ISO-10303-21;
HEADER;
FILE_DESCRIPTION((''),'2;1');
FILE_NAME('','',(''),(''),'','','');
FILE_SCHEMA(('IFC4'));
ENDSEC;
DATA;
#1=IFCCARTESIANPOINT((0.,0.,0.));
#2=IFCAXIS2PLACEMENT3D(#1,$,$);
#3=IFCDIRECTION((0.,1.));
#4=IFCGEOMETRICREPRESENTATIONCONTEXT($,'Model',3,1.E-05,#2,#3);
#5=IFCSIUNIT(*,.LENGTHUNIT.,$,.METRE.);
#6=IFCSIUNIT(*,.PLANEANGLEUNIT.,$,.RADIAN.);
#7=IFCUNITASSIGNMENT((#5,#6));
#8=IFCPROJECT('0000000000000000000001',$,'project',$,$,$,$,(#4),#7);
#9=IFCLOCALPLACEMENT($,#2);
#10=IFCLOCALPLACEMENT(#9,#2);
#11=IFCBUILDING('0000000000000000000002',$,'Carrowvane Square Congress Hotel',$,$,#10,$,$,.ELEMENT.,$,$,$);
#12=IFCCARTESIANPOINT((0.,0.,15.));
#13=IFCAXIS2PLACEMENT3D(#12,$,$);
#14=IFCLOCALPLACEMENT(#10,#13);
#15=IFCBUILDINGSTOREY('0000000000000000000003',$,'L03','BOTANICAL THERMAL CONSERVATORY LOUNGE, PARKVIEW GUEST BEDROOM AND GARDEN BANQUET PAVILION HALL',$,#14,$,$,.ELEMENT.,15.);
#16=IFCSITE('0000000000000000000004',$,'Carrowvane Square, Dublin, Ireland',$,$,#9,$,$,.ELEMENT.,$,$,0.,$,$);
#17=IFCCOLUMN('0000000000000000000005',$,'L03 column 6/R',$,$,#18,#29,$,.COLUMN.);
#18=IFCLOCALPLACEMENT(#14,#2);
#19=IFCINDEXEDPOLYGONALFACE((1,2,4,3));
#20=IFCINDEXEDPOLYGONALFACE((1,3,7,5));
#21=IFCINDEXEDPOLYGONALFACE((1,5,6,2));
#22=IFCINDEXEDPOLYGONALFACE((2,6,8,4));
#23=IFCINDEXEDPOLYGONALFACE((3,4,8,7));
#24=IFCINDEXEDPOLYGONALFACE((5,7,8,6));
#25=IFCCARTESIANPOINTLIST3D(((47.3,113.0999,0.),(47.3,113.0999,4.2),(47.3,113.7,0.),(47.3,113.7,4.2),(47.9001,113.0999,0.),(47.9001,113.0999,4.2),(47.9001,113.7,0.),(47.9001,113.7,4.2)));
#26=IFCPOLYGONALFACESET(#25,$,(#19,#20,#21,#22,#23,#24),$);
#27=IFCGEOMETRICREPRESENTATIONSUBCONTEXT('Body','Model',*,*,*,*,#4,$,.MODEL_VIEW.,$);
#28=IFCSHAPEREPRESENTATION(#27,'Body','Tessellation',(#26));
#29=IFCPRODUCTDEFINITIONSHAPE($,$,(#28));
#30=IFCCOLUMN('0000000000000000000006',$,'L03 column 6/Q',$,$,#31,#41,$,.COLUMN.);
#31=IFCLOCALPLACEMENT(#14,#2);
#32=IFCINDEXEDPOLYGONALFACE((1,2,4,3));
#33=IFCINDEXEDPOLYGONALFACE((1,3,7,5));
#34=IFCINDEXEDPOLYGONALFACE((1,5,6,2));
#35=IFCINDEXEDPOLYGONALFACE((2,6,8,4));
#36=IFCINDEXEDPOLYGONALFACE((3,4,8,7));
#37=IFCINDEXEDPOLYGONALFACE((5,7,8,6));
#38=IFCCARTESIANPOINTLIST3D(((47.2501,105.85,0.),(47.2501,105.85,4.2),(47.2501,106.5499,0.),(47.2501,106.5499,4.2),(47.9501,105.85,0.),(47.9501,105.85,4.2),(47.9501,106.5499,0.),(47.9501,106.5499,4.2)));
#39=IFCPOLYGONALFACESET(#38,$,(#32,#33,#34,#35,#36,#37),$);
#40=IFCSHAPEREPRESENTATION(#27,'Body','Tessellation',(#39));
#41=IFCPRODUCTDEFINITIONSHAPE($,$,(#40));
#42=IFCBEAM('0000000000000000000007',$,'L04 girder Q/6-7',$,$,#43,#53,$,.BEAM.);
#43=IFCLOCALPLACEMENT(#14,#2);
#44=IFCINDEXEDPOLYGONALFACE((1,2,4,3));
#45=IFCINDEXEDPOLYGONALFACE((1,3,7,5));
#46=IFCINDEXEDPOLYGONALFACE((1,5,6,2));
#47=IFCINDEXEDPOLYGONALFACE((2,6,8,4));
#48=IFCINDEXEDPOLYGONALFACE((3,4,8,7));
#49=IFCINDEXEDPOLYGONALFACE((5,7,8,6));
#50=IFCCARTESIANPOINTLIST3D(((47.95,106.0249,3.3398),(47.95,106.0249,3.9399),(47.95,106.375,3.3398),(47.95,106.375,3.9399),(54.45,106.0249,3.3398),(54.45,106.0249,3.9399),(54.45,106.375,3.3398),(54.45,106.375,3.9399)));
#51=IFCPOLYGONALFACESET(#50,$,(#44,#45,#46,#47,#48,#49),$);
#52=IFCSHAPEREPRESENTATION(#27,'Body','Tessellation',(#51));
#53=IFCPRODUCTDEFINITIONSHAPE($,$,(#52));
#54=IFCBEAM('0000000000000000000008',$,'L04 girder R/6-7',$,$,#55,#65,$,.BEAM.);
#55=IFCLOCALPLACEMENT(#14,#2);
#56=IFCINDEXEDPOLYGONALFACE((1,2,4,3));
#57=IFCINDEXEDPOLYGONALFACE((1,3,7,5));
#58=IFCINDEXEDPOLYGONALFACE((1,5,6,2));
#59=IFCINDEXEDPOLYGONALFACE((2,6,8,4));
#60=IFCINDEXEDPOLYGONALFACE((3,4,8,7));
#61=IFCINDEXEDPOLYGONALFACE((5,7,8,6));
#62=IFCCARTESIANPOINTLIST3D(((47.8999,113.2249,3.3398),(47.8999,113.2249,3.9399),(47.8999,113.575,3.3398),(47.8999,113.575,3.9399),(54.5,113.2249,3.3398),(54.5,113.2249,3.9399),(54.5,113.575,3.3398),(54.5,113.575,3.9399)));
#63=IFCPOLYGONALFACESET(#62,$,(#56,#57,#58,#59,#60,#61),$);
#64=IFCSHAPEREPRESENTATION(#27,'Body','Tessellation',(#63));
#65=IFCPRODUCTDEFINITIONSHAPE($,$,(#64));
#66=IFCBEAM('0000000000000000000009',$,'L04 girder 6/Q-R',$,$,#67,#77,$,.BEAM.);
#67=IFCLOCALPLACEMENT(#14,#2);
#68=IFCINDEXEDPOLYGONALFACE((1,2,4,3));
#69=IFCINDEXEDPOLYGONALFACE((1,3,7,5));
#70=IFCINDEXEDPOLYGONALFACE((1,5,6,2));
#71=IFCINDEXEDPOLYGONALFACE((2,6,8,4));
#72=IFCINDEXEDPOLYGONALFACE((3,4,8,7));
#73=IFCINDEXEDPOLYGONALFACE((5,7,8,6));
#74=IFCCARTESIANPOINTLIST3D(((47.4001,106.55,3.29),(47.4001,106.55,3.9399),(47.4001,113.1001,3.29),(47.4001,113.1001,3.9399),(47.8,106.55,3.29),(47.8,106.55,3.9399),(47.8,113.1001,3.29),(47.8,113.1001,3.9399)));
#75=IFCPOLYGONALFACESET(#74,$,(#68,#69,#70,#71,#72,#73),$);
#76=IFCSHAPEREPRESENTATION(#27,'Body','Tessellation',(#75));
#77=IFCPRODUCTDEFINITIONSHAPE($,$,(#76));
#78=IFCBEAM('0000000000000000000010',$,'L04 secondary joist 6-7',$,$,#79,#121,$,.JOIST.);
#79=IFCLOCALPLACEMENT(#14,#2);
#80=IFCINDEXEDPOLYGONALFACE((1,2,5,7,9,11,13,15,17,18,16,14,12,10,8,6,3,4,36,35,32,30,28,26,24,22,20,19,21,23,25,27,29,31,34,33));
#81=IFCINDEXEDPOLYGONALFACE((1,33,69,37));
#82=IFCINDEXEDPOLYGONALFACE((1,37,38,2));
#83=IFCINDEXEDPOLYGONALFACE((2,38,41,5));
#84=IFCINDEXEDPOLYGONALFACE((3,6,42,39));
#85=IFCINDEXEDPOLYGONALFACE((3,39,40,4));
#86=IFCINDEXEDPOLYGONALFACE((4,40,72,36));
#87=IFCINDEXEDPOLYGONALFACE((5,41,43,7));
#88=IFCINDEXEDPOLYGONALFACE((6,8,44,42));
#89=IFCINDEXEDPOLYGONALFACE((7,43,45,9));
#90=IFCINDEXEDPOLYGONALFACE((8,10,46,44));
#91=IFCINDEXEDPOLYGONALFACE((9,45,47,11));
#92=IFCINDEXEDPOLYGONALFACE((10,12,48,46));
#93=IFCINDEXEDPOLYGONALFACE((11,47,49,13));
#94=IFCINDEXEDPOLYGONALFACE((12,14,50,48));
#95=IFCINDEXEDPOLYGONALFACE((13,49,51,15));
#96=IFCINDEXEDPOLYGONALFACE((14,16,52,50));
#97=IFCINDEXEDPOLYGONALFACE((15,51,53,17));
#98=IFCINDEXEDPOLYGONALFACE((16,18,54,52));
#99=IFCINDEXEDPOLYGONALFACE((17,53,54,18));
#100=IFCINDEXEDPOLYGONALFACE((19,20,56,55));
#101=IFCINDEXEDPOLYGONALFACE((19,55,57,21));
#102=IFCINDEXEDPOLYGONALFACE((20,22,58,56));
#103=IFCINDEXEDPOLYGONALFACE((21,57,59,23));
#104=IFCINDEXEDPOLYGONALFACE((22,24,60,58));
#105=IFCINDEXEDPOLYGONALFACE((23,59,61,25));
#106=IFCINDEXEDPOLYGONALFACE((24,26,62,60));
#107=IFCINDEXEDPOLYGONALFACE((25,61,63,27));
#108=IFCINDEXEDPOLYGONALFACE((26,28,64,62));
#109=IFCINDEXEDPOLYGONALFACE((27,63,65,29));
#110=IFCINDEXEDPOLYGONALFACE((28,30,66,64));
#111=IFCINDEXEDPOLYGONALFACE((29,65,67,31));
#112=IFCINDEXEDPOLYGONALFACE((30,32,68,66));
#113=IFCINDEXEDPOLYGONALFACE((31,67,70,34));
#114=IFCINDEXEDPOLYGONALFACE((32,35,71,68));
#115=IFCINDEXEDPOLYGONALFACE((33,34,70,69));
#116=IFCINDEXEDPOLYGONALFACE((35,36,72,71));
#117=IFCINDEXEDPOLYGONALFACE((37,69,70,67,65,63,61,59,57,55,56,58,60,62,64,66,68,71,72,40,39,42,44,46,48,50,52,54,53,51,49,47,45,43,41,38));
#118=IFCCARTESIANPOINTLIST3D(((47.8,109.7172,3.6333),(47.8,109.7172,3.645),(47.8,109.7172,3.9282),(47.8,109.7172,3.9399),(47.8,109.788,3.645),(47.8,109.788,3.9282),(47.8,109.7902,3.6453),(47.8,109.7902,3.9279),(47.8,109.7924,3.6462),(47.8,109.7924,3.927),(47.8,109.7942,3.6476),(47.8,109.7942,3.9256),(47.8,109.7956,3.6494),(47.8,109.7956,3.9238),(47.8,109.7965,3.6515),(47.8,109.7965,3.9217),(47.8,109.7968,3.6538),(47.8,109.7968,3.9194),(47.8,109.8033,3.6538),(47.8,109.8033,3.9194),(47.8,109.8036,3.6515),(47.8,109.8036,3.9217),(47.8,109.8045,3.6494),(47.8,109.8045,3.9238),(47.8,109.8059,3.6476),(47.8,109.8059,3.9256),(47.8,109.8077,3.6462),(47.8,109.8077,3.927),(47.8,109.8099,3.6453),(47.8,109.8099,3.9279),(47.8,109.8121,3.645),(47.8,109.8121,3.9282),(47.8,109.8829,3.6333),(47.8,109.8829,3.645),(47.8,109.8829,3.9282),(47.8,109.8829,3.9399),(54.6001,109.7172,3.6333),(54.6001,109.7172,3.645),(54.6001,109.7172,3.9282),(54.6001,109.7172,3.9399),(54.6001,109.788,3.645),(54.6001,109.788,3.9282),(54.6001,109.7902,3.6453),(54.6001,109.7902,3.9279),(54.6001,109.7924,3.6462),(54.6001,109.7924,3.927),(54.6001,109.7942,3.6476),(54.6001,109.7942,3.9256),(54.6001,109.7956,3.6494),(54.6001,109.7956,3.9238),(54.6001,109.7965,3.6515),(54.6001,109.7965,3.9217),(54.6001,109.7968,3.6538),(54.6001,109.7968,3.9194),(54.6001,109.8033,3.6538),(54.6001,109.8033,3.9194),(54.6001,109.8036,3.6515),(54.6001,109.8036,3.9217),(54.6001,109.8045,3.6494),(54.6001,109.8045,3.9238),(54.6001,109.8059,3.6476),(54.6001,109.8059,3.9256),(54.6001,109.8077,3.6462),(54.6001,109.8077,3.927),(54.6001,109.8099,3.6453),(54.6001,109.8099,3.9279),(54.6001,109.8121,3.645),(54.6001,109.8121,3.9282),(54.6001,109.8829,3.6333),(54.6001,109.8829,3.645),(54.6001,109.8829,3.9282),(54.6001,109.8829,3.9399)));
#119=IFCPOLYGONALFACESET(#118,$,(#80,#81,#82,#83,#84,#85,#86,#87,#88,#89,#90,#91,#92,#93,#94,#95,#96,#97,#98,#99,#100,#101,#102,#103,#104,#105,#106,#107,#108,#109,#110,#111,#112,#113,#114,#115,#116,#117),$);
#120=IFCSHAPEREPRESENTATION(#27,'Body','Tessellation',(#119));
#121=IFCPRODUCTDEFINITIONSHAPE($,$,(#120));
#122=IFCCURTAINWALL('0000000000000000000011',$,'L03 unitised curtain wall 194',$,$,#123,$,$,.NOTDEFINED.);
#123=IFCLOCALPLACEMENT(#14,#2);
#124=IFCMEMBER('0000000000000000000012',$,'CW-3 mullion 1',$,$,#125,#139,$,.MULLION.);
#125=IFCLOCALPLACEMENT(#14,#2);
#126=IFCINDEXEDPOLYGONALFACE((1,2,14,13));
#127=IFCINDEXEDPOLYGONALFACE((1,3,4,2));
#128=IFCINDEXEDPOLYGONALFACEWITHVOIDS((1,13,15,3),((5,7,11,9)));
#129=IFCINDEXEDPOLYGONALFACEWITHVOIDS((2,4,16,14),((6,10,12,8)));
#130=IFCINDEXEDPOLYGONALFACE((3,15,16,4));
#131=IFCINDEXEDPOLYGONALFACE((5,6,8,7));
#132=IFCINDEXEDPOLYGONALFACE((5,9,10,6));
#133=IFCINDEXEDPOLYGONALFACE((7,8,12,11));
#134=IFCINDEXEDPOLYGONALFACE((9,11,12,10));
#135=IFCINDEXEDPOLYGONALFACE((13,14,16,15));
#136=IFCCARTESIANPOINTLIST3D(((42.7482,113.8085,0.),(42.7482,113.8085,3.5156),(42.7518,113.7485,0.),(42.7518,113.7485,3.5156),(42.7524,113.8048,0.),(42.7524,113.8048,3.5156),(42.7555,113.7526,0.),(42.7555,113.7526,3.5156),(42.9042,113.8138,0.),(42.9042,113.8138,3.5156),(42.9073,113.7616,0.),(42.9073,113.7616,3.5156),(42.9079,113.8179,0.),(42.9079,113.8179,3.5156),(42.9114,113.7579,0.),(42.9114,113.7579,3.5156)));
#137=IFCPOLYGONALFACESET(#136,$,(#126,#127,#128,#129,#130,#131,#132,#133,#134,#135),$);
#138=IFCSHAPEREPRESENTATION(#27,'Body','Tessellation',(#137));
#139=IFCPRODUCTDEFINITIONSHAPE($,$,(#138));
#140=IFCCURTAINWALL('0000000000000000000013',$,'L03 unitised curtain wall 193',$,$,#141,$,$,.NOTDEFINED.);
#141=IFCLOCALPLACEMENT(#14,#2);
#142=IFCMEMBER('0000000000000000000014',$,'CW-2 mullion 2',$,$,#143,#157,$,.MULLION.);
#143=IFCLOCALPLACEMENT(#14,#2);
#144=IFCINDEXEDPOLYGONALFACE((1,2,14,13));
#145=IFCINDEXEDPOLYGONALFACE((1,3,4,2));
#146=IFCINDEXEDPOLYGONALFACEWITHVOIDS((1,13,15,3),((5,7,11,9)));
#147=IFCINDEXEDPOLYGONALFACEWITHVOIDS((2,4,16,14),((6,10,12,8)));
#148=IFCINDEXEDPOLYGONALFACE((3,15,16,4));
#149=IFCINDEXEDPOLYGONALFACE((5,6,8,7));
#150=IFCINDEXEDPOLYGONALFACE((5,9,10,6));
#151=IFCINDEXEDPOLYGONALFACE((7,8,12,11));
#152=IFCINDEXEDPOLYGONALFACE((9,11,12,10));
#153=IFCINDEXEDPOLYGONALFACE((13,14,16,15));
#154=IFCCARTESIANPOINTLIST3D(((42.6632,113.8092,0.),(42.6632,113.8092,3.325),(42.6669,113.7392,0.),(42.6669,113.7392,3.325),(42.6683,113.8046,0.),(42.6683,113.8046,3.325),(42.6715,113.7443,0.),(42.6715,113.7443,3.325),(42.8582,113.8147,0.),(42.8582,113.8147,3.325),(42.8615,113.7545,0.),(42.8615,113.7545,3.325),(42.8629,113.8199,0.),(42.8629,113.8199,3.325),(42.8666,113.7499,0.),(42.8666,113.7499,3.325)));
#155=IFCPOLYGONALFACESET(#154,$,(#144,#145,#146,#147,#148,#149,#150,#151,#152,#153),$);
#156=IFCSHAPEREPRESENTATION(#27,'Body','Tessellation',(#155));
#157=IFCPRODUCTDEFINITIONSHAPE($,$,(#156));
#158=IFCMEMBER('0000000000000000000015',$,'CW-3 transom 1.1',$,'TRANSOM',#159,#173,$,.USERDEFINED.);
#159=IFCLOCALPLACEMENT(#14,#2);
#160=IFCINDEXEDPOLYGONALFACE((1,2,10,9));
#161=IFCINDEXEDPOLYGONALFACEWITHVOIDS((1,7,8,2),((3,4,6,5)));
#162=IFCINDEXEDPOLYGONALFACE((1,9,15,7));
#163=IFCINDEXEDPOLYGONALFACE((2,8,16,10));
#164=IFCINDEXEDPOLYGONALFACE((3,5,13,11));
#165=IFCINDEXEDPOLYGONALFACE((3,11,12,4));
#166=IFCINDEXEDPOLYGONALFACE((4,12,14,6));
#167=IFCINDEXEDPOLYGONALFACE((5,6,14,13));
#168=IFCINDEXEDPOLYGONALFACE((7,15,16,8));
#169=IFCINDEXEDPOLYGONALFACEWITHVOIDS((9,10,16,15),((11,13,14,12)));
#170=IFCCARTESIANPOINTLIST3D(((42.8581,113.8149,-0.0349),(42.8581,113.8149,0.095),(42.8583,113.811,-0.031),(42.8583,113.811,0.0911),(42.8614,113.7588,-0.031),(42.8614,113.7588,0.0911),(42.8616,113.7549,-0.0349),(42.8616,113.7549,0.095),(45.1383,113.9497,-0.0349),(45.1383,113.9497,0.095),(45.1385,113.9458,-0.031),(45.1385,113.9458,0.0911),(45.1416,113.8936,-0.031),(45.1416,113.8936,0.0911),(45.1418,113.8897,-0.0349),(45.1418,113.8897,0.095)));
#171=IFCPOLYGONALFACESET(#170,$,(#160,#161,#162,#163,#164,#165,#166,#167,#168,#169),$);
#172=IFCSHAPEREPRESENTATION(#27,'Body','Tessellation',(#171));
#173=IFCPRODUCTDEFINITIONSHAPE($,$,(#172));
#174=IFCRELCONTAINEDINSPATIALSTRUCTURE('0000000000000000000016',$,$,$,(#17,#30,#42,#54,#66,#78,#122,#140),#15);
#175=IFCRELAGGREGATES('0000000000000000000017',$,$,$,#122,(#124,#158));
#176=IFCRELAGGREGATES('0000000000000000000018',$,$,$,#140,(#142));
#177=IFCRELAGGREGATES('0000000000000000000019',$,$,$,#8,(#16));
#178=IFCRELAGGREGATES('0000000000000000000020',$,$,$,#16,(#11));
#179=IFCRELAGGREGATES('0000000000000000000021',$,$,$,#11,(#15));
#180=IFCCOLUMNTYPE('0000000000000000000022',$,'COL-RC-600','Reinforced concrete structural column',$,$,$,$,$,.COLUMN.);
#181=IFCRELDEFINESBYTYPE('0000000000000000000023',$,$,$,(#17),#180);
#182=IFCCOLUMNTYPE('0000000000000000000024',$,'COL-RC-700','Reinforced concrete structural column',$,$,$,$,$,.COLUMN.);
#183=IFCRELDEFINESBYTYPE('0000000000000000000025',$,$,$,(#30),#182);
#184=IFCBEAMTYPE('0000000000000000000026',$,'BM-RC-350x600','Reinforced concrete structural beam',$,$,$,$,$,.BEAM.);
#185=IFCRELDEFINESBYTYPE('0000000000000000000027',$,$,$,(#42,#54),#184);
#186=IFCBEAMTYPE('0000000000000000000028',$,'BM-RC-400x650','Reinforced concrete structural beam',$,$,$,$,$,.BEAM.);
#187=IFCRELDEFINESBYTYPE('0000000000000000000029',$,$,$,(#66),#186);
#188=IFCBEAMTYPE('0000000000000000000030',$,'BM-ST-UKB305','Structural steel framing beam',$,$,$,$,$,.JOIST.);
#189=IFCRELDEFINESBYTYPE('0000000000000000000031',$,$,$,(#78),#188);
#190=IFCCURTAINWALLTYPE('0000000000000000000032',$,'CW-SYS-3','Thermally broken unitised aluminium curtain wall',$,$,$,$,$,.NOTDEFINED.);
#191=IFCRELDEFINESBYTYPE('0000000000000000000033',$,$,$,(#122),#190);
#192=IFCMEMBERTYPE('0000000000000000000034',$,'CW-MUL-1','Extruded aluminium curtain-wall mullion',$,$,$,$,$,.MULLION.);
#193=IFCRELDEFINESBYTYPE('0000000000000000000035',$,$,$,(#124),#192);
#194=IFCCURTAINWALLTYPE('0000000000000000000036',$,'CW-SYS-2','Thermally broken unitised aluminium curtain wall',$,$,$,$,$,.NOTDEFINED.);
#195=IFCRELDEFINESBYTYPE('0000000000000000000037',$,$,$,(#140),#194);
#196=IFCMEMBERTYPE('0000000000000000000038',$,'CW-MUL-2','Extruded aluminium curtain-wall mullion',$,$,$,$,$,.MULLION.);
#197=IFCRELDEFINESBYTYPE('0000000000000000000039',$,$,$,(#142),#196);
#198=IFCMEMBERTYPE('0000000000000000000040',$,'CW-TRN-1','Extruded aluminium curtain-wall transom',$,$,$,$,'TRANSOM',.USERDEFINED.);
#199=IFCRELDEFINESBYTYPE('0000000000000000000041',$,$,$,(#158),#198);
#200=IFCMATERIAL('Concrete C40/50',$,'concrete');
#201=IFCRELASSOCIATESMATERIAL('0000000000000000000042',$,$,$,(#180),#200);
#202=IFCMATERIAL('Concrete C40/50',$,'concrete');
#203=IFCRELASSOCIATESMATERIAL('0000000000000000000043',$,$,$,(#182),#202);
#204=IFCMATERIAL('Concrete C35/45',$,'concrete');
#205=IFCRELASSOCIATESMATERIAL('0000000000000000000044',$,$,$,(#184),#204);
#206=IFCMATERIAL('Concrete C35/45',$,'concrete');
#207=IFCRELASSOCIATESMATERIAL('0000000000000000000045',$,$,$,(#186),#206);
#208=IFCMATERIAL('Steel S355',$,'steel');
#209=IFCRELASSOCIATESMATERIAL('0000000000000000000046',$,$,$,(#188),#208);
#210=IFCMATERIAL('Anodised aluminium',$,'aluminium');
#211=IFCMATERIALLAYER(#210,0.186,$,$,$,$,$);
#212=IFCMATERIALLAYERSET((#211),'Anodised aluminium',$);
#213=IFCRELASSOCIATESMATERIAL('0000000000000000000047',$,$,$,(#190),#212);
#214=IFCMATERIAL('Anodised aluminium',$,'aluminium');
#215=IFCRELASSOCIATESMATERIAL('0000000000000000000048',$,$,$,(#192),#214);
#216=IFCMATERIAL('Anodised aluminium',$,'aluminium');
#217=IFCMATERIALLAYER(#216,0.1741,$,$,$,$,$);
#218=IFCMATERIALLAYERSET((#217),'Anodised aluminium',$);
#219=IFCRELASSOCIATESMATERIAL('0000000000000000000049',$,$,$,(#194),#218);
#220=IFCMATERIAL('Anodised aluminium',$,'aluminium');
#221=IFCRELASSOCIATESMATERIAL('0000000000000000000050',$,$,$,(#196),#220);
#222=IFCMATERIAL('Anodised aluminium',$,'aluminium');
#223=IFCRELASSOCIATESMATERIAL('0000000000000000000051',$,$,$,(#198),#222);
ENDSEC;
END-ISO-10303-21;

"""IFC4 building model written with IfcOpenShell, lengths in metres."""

from ifc_helpers import new_model, si_unit, direction, frame, origin, origin_2d, place, context, subcontext, project, spatial, rectangle, hollow_rectangle, i_section, extrude, material, layer, layer_set, material_profile, profile_set, type_object, element, aggregate, save


model = new_model("IFC4")

# Units and contexts
model_context = context("Model", 3, precision=1e-05, world=origin(), true_north=direction((0.0, 1.0)))
body_context = subcontext(model_context, "Body", "Model", "MODEL_VIEW")
ifc_project = project(units=[si_unit("LENGTHUNIT", "METRE"), si_unit("PLANEANGLEUNIT", "RADIAN")], contexts=[model_context])

# Site, building, storey
site_placement = place(None, origin())
site = spatial("IfcSite", under=ifc_project, at=site_placement, Name="Carrowvane Square, Dublin, Ireland", CompositionType="ELEMENT", RefElevation=0.0)
building_placement = place(site_placement, origin())
building = spatial("IfcBuilding", under=site, at=building_placement, Name="Carrowvane Square Congress Hotel", CompositionType="ELEMENT")
storey_placement = place(building_placement, frame((0.0, 0.0, 15.0)))
storey = spatial("IfcBuildingStorey", under=building, at=storey_placement, Name="L03", Description="BOTANICAL THERMAL CONSERVATORY LOUNGE, PARKVIEW GUEST BEDROOM AND GARDEN BANQUET PAVILION HALL", CompositionType="ELEMENT", Elevation=15.0)

# Columns
ifc_material_1 = material(Name="Concrete C40/50", Category="concrete")
ifc_material_profile_1 = material_profile(ifc_material_1, rectangle(XDim=0.6001, YDim=0.6001, at=origin_2d()), Name="RC 600x600")
ifc_profile_set_1 = profile_set([ifc_material_profile_1], Name="Concrete C40/50")
column_type_1 = type_object("IfcColumnType", Name="COL-RC-600", Description="Reinforced concrete structural column", PredefinedType="COLUMN", material=ifc_profile_set_1)
column_1_placement = place(storey_placement, frame((47.6001, 113.3999, 0.0), z_axis=(0.0, 0.0, 1.0), x_axis=(1.0, 0.0, 0.0)))
element("IfcColumn", 1, at=column_1_placement, inside=storey, type_object=column_type_1, Name="L03 column 6/R", PredefinedType="COLUMN", context=body_context, shape_type="SweptSolid", body=[
    extrude(rectangle(XDim=0.6001, YDim=0.6001, at=origin_2d()), origin(), (0.0, 0.0, 1.0), 4.2),
])
ifc_material_2 = material(Name="Concrete C40/50", Category="concrete")
ifc_material_profile_2 = material_profile(ifc_material_2, rectangle(XDim=0.7, YDim=0.7, at=origin_2d()), Name="RC 700x700")
ifc_profile_set_2 = profile_set([ifc_material_profile_2], Name="Concrete C40/50")
column_type_2 = type_object("IfcColumnType", Name="COL-RC-700", Description="Reinforced concrete structural column", PredefinedType="COLUMN", material=ifc_profile_set_2)
column_2_placement = place(storey_placement, frame((47.6001, 106.2, 0.0), z_axis=(0.0, 0.0, 1.0), x_axis=(1.0, 0.0, 0.0)))
element("IfcColumn", 2, at=column_2_placement, inside=storey, type_object=column_type_2, Name="L03 column 6/Q", PredefinedType="COLUMN", context=body_context, shape_type="SweptSolid", body=[
    extrude(rectangle(XDim=0.7, YDim=0.7, at=origin_2d()), origin(), (0.0, 0.0, 1.0), 4.2),
])

# Beams
ifc_material_3 = material(Name="Concrete C35/45", Category="concrete")
ifc_material_profile_3 = material_profile(ifc_material_3, rectangle(XDim=0.3501, YDim=0.6001, at=origin_2d()), Name="RC 350x600")
ifc_profile_set_3 = profile_set([ifc_material_profile_3], Name="Concrete C35/45")
beam_type_1 = type_object("IfcBeamType", Name="BM-RC-350x600", Description="Reinforced concrete structural beam", PredefinedType="BEAM", material=ifc_profile_set_3)
beam_1_placement = place(storey_placement, frame((47.95, 106.2, 3.6399), z_axis=(1.0, 0.0, 0.0), x_axis=(0.0, 1.0, 0.0)))
element("IfcBeam", 3, at=beam_1_placement, inside=storey, type_object=beam_type_1, Name="L04 girder Q/6-7", PredefinedType="BEAM", context=body_context, shape_type="SweptSolid", body=[
    extrude(rectangle(XDim=0.3501, YDim=0.6001, at=origin_2d()), origin(), (0.0, 0.0, 1.0), 6.5),
])
beam_2_placement = place(storey_placement, frame((47.8999, 113.3999, 3.6399), z_axis=(1.0, 0.0, 0.0), x_axis=(0.0, 1.0, 0.0)))
element("IfcBeam", 4, at=beam_2_placement, inside=storey, type_object=beam_type_1, Name="L04 girder R/6-7", PredefinedType="BEAM", context=body_context, shape_type="SweptSolid", body=[
    extrude(rectangle(XDim=0.3501, YDim=0.6001, at=origin_2d()), origin(), (0.0, 0.0, 1.0), 6.6001),
])
ifc_material_4 = material(Name="Concrete C35/45", Category="concrete")
ifc_material_profile_4 = material_profile(ifc_material_4, rectangle(XDim=0.3999, YDim=0.6499, at=origin_2d()), Name="RC 400x650")
ifc_profile_set_4 = profile_set([ifc_material_profile_4], Name="Concrete C35/45")
beam_type_2 = type_object("IfcBeamType", Name="BM-RC-400x650", Description="Reinforced concrete structural beam", PredefinedType="BEAM", material=ifc_profile_set_4)
beam_3_placement = place(storey_placement, frame((47.6001, 106.55, 3.615), z_axis=(0.0, 1.0, 0.0), x_axis=(-1.0, 0.0, 0.0)))
element("IfcBeam", 5, at=beam_3_placement, inside=storey, type_object=beam_type_2, Name="L04 girder 6/Q-R", PredefinedType="BEAM", context=body_context, shape_type="SweptSolid", body=[
    extrude(rectangle(XDim=0.3999, YDim=0.6499, at=origin_2d()), origin(), (0.0, 0.0, 1.0), 6.55),
])
ifc_material_5 = material(Name="Steel S355", Category="steel")
ifc_material_profile_5 = material_profile(ifc_material_5, i_section(OverallWidth=0.1658, OverallDepth=0.3066, WebThickness=0.0066, FlangeThickness=0.0117, FilletRadius=0.0088, at=origin_2d()), Name="UKB 305x165x46")
ifc_profile_set_5 = profile_set([ifc_material_profile_5], Name="Steel S355")
beam_type_3 = type_object("IfcBeamType", Name="BM-ST-UKB305", Description="Structural steel framing beam", PredefinedType="JOIST", material=ifc_profile_set_5)
beam_4_placement = place(storey_placement, frame((47.8, 109.8, 3.7866), z_axis=(1.0, 0.0, 0.0), x_axis=(0.0, 1.0, 0.0)))
element("IfcBeam", 6, at=beam_4_placement, inside=storey, type_object=beam_type_3, Name="L04 secondary joist 6-7", PredefinedType="JOIST", context=body_context, shape_type="SweptSolid", body=[
    extrude(i_section(OverallWidth=0.1658, OverallDepth=0.3066, WebThickness=0.0066, FlangeThickness=0.0117, FilletRadius=0.0088, at=origin_2d()), origin(), (0.0, 0.0, 1.0), 6.8),
])

# Curtain walls, members
ifc_material_6 = material(Name="Anodised aluminium", Category="aluminium")
ifc_layer_1 = layer(ifc_material_6, 0.186)
ifc_layer_set_1 = layer_set([ifc_layer_1], Name="Anodised aluminium")
curtain_wall_type_1 = type_object("IfcCurtainWallType", Name="CW-SYS-3", Description="Thermally broken unitised aluminium curtain wall", PredefinedType="NOTDEFINED", material=ifc_layer_set_1)
curtain_wall_1_placement = place(storey_placement, origin())
curtain_wall_1 = element("IfcCurtainWall", 7, at=curtain_wall_1_placement, inside=storey, type_object=curtain_wall_type_1, Name="L03 unitised curtain wall 194", PredefinedType="NOTDEFINED")
ifc_material_7 = material(Name="Anodised aluminium", Category="aluminium")
ifc_material_profile_6 = material_profile(ifc_material_7, hollow_rectangle(XDim=0.0601, YDim=0.1599, WallThickness=0.0039, at=origin_2d()), Name="CW-ML 60x160x4")
ifc_profile_set_6 = profile_set([ifc_material_profile_6], Name="Anodised aluminium")
member_type_1 = type_object("IfcMemberType", Name="CW-MUL-1", Description="Extruded aluminium curtain-wall mullion", PredefinedType="MULLION", material=ifc_profile_set_6)
member_1_placement = place(storey_placement, frame((42.8298, 113.7832, 0.0), z_axis=(0.0, 0.0, 1.0), x_axis=(-0.058989, 0.998259, 0.0)))
member_1 = element("IfcMember", 8, at=member_1_placement, type_object=member_type_1, Name="CW-3 mullion 1", PredefinedType="MULLION", context=body_context, shape_type="SweptSolid", body=[
    extrude(hollow_rectangle(XDim=0.0601, YDim=0.1599, WallThickness=0.0039, at=origin_2d()), origin(), (0.0, 0.0, 1.0), 3.5156),
])
ifc_material_8 = material(Name="Anodised aluminium", Category="aluminium")
ifc_layer_2 = layer(ifc_material_8, 0.1741)
ifc_layer_set_2 = layer_set([ifc_layer_2], Name="Anodised aluminium")
curtain_wall_type_2 = type_object("IfcCurtainWallType", Name="CW-SYS-2", Description="Thermally broken unitised aluminium curtain wall", PredefinedType="NOTDEFINED", material=ifc_layer_set_2)
curtain_wall_2_placement = place(storey_placement, origin())
curtain_wall_2 = element("IfcCurtainWall", 9, at=curtain_wall_2_placement, inside=storey, type_object=curtain_wall_type_2, Name="L03 unitised curtain wall 193", PredefinedType="NOTDEFINED")
ifc_material_9 = material(Name="Anodised aluminium", Category="aluminium")
ifc_material_profile_7 = material_profile(ifc_material_9, hollow_rectangle(XDim=0.0701, YDim=0.2, WallThickness=0.0049, at=origin_2d()), Name="CW-ML 70x200x5")
ifc_profile_set_7 = profile_set([ifc_material_profile_7], Name="Anodised aluminium")
member_type_2 = type_object("IfcMemberType", Name="CW-MUL-2", Description="Extruded aluminium curtain-wall mullion", PredefinedType="MULLION", material=ifc_profile_set_7)
member_2_placement = place(storey_placement, frame((42.7649, 113.7795, 0.0), z_axis=(0.0, 0.0, 1.0), x_axis=(-0.053514, 0.998567, 0.0)))
member_2 = element("IfcMember", 10, at=member_2_placement, type_object=member_type_2, Name="CW-2 mullion 2", PredefinedType="MULLION", context=body_context, shape_type="SweptSolid", body=[
    extrude(hollow_rectangle(XDim=0.0701, YDim=0.2, WallThickness=0.0049, at=origin_2d()), origin(), (0.0, 0.0, 1.0), 3.325),
])

# Member
ifc_material_10 = material(Name="Anodised aluminium", Category="aluminium")
ifc_material_profile_8 = material_profile(ifc_material_10, hollow_rectangle(XDim=0.0601, YDim=0.1299, WallThickness=0.0039, at=origin_2d()), Name="CW-TR 60x130x4")
ifc_profile_set_8 = profile_set([ifc_material_profile_8], Name="Anodised aluminium")
member_type_3 = type_object("IfcMemberType", Name="CW-TRN-1", Description="Extruded aluminium curtain-wall transom", ElementType="TRANSOM", PredefinedType="USERDEFINED", material=ifc_profile_set_8)
member_3_placement = place(storey_placement, frame((42.8599, 113.7849, 0.03), z_axis=(0.998258, 0.058998, 0.0), x_axis=(-0.058998, 0.998258, 0.0)))
member_3 = element("IfcMember", 11, at=member_3_placement, type_object=member_type_3, Name="CW-3 transom 1.1", ObjectType="TRANSOM", PredefinedType="USERDEFINED", context=body_context, shape_type="SweptSolid", body=[
    extrude(hollow_rectangle(XDim=0.0601, YDim=0.1299, WallThickness=0.0039, at=origin_2d()), origin(), (0.0, 0.0, 1.0), 2.2842),
])
aggregate(curtain_wall_1, [member_1, member_3])

aggregate(curtain_wall_2, [member_2])

save(model, "model.ifc")
